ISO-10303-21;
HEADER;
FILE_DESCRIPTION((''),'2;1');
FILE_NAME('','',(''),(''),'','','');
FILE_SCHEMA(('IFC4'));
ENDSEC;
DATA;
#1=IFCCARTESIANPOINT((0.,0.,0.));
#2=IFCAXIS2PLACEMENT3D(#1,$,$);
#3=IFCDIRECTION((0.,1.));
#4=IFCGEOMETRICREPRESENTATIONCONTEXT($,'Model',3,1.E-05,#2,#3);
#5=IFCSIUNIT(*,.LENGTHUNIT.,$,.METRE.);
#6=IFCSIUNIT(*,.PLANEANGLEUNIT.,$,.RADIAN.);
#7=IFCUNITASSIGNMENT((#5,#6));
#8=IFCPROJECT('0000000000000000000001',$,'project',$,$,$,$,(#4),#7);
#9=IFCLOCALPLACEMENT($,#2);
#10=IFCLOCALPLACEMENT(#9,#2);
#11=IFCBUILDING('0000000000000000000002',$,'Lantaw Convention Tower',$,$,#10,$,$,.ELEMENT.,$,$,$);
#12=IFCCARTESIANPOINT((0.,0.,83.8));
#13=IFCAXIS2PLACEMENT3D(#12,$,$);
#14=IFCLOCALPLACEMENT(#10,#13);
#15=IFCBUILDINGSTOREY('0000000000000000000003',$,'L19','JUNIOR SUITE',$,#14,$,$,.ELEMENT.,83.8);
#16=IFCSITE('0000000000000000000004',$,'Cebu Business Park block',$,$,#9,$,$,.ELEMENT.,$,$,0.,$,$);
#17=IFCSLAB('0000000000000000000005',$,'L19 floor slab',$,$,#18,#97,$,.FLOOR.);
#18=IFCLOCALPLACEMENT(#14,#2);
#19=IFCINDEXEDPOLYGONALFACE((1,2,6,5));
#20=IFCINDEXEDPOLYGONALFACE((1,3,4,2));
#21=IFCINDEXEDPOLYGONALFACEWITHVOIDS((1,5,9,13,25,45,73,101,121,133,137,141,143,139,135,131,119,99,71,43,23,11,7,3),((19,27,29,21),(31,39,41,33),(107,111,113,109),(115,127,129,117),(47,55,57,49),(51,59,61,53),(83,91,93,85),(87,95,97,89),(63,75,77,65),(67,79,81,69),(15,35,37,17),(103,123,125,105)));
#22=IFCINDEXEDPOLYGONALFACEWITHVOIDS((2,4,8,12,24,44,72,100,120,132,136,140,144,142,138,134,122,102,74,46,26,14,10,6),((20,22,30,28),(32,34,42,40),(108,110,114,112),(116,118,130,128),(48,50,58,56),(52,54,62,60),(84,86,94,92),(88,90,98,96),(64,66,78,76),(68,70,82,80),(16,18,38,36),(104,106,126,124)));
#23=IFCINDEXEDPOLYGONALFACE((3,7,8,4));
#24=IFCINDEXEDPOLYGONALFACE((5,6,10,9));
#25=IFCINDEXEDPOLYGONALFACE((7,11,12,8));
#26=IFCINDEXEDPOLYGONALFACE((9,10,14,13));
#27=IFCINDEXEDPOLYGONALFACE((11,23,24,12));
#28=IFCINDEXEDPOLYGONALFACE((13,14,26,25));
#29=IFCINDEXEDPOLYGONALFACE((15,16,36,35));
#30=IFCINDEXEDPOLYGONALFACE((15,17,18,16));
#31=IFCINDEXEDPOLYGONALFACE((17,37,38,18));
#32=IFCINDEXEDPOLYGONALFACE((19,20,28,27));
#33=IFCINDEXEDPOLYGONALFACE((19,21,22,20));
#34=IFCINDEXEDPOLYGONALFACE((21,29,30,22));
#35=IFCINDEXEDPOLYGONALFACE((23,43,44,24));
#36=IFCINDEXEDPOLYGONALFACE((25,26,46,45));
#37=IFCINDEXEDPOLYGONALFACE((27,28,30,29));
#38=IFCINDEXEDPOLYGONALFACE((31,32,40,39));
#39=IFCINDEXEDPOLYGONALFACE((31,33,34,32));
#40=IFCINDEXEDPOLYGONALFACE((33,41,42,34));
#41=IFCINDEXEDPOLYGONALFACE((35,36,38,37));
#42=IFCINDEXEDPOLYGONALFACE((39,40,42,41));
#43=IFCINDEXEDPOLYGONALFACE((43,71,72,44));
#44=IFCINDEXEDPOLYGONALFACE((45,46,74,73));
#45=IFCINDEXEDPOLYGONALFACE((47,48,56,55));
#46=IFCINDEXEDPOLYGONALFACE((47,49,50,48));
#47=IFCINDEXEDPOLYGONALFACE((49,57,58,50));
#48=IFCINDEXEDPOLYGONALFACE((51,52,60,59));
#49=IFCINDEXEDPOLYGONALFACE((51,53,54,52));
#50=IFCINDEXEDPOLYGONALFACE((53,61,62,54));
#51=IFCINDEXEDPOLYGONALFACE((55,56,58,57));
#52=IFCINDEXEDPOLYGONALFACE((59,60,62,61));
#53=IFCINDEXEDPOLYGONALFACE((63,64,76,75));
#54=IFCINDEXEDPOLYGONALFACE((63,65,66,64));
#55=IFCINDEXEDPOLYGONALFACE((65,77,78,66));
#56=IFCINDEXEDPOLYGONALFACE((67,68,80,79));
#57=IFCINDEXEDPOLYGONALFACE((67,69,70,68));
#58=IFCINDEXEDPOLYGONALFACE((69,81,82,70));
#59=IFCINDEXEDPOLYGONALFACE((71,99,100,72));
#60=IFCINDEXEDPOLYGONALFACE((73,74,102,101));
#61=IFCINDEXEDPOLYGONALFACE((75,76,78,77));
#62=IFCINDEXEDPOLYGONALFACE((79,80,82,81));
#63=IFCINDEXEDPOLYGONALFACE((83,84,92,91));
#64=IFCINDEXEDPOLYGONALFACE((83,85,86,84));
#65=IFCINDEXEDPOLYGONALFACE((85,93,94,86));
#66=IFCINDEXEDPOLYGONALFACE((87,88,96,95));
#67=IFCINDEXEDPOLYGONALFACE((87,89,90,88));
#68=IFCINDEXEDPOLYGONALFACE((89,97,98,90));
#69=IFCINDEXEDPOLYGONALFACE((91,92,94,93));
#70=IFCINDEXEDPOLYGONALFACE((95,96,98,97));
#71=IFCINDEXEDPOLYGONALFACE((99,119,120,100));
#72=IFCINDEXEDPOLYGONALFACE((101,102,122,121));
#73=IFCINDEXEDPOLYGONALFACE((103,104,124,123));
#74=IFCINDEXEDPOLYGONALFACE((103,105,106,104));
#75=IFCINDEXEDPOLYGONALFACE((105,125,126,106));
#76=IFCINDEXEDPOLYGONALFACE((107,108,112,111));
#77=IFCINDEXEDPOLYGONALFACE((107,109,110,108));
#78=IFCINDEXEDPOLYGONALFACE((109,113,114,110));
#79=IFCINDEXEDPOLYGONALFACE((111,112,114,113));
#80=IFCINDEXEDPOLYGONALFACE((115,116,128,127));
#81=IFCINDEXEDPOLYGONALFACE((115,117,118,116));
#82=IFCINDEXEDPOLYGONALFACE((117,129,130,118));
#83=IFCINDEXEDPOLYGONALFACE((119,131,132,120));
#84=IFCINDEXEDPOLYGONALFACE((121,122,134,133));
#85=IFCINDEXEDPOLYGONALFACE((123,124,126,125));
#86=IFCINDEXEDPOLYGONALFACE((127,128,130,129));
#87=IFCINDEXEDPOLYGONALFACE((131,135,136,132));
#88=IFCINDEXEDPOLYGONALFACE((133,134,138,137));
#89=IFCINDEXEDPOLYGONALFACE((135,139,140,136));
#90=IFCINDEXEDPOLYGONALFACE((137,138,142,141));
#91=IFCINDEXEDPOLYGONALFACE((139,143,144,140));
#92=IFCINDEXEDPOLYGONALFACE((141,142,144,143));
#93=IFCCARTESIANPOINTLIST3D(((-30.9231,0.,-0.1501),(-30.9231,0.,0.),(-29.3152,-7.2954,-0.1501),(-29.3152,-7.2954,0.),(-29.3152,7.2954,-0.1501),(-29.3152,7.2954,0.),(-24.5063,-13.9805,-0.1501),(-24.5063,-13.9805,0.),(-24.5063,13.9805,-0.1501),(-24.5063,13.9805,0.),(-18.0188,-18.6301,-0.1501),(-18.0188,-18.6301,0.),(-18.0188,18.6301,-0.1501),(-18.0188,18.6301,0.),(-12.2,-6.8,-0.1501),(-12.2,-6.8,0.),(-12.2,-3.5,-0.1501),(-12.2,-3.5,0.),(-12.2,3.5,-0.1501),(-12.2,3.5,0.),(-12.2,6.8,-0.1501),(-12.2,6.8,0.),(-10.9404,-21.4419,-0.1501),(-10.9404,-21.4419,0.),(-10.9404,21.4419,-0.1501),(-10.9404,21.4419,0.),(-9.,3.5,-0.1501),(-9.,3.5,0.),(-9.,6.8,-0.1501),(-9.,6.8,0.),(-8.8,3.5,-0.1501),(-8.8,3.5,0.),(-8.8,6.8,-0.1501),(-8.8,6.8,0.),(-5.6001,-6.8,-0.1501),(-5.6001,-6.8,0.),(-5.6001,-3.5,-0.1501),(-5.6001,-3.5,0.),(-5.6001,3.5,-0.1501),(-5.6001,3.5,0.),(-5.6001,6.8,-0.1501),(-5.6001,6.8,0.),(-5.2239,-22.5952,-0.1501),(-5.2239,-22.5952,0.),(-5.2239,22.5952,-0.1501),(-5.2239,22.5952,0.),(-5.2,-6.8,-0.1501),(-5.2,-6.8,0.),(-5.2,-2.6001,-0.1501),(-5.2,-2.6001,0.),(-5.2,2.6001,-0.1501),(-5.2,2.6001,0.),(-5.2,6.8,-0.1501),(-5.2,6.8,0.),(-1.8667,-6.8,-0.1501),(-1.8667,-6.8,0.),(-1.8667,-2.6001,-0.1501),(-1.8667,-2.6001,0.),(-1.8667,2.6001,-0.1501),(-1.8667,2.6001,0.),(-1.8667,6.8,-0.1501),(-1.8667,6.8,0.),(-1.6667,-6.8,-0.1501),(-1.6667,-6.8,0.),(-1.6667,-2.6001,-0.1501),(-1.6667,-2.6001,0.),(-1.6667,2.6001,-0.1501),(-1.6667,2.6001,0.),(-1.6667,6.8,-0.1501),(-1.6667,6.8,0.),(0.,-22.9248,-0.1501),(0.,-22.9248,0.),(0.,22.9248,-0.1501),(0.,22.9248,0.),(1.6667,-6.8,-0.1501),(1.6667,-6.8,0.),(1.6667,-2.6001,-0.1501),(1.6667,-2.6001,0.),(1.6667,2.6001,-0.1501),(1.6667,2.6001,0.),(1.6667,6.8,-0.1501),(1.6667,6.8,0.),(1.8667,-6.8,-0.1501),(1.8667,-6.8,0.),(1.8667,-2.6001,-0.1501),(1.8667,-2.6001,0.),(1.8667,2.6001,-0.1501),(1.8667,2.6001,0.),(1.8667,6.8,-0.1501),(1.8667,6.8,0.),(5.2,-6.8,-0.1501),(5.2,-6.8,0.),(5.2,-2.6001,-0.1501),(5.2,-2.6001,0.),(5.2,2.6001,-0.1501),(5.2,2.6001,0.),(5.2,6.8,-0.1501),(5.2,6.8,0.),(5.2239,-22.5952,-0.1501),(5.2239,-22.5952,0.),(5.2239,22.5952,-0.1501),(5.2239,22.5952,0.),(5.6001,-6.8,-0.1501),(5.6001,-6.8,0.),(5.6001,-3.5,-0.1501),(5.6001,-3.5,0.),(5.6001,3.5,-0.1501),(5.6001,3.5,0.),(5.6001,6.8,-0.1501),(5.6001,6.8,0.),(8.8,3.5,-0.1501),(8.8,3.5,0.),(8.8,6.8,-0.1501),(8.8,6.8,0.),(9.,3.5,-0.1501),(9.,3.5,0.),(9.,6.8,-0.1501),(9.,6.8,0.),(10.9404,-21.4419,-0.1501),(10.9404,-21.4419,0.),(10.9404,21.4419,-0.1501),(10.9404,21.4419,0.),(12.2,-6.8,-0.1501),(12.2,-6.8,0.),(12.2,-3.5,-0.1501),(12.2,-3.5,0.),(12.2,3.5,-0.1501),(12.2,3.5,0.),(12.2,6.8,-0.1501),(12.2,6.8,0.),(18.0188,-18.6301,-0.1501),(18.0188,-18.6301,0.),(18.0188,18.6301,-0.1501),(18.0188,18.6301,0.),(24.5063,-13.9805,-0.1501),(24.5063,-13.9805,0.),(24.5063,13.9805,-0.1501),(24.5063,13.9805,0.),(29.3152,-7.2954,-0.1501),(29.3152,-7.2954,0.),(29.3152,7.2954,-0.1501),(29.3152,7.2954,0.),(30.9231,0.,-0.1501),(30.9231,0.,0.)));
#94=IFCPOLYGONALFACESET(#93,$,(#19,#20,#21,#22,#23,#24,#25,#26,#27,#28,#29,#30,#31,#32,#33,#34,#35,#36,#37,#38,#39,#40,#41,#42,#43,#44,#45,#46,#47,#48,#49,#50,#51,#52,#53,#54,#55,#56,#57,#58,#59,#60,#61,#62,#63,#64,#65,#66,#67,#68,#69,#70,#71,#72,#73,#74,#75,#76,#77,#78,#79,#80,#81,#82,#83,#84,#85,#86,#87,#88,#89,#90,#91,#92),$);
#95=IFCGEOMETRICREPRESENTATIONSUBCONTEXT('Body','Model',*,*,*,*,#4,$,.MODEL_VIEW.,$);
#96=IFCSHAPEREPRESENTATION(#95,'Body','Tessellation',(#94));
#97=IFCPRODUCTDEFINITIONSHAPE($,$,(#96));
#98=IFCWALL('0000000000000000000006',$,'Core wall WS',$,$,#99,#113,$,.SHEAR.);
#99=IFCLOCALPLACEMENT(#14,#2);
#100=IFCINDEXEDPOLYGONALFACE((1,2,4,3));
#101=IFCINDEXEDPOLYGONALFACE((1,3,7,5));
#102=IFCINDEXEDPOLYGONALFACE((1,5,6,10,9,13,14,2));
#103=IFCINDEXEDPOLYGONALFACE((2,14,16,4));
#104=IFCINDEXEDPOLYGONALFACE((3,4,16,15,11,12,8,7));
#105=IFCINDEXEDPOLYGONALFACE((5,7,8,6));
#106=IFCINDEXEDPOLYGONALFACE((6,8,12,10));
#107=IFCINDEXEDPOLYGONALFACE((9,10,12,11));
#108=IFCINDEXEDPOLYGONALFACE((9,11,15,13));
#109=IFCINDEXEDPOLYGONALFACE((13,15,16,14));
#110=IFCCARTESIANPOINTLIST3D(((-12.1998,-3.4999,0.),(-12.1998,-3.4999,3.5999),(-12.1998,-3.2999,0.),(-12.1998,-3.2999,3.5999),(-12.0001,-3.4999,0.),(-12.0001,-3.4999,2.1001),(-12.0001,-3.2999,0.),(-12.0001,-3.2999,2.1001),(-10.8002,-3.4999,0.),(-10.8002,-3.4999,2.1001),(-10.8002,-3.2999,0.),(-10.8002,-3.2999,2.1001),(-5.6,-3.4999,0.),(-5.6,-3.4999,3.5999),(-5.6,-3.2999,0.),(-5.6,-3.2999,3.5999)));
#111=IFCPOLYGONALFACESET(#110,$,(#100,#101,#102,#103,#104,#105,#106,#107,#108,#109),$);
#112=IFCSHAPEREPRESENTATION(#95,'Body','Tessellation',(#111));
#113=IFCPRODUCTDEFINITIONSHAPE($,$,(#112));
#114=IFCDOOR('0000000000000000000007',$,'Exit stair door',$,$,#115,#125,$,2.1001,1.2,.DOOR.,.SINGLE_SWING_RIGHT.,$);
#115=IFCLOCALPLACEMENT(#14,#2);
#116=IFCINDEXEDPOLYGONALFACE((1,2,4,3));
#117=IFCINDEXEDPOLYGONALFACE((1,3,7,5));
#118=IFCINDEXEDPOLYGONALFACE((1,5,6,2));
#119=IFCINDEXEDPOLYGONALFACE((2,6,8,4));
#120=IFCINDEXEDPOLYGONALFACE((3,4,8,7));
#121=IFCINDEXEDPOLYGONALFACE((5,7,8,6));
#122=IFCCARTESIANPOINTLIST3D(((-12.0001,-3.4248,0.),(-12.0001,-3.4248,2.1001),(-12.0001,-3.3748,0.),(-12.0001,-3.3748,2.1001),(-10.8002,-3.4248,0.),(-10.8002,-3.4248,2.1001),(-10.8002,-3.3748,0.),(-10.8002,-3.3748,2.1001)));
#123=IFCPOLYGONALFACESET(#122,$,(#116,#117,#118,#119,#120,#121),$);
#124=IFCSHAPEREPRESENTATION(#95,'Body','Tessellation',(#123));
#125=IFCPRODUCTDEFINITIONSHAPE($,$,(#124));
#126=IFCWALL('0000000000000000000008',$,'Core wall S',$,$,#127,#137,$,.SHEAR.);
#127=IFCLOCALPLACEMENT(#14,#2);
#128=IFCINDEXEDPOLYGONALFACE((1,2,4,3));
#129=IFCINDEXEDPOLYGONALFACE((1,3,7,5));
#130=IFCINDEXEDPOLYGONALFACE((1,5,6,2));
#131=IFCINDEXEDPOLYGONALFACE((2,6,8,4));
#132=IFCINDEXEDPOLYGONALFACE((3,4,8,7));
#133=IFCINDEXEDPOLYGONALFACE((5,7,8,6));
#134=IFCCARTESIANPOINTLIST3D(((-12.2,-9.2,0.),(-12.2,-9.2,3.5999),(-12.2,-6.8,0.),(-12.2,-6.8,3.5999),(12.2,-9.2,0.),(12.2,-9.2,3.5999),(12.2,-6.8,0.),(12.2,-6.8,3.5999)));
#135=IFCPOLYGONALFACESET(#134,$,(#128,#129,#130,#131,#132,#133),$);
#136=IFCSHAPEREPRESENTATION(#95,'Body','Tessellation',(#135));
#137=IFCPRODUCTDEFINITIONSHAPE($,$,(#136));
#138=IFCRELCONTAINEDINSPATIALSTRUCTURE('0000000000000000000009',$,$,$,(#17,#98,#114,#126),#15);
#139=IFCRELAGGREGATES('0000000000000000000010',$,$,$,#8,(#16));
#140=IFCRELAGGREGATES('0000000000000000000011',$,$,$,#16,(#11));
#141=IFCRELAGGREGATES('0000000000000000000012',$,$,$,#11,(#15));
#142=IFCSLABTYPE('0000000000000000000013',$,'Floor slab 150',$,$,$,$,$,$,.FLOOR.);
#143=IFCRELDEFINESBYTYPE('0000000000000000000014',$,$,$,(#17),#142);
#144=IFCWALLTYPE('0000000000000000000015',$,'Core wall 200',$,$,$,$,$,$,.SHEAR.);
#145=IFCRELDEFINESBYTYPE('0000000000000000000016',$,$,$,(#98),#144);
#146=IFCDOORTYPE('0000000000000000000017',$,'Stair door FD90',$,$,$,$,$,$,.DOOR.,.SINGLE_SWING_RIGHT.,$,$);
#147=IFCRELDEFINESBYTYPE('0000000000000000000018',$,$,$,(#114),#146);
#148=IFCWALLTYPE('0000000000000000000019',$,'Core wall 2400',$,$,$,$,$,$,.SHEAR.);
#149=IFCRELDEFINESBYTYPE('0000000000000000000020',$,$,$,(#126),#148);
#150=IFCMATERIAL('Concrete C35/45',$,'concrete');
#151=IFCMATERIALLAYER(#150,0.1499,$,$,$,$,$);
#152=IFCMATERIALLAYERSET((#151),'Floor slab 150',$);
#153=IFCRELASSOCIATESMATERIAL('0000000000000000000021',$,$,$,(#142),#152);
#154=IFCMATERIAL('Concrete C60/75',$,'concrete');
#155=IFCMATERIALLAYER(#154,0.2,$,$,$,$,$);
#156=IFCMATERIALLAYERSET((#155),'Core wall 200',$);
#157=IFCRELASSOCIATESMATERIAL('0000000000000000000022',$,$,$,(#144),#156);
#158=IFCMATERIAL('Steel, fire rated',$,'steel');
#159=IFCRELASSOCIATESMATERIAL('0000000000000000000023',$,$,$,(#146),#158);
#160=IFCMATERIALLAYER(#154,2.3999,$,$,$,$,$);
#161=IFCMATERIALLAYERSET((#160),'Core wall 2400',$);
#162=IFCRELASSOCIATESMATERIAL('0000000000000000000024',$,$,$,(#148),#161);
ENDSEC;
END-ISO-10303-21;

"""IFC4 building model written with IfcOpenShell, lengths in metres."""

from ifc_helpers import new_model, si_unit, direction, frame, frame_2d, origin, place, context, subcontext, project, spatial, polyline, rectangle, outline, extrude, material, layer, layer_set, type_object, element, fill, save


model = new_model("IFC4")

# Units and contexts
model_context = context("Model", 3, precision=1e-05, world=origin(), true_north=direction((0.0, 1.0)))
body_context = subcontext(model_context, "Body", "Model", "MODEL_VIEW")
ifc_project = project(units=[si_unit("LENGTHUNIT", "METRE"), si_unit("PLANEANGLEUNIT", "RADIAN")], contexts=[model_context])

# Site, building, storey
site_placement = place(None, origin())
site = spatial("IfcSite", under=ifc_project, at=site_placement, Name="Cebu Business Park block", CompositionType="ELEMENT", RefElevation=0.0)
building_placement = place(site_placement, origin())
building = spatial("IfcBuilding", under=site, at=building_placement, Name="Lantaw Convention Tower", CompositionType="ELEMENT")
storey_placement = place(building_placement, frame((0.0, 0.0, 83.8)))
storey = spatial("IfcBuildingStorey", under=building, at=storey_placement, Name="L19", Description="JUNIOR SUITE", CompositionType="ELEMENT", Elevation=83.8)

# Slab
ifc_material_1 = material(Name="Concrete C35/45", Category="concrete")
ifc_layer_1 = layer(ifc_material_1, 0.1499)
ifc_layer_set_1 = layer_set([ifc_layer_1], Name="Floor slab 150")
slab_type = type_object("IfcSlabType", Name="Floor slab 150", PredefinedType="FLOOR", material=ifc_layer_set_1)
slab_placement = place(storey_placement, frame((0.0, 0.0, -0.1501)))
element("IfcSlab", 1, at=slab_placement, inside=storey, type_object=slab_type, Name="L19 floor slab", PredefinedType="FLOOR", context=body_context, shape_type="SweptSolid", body=[
    extrude(outline(polyline([(29.3152, -7.2954), (30.9231, 0.0), (29.3152, 7.2954), (24.5063, 13.9805), (18.0188, 18.6301), (10.9404, 21.4419), (5.2239, 22.5952), (0.0, 22.9248), (-5.2239, 22.5952), (-10.9404, 21.4419), (-18.0188, 18.6301), (-24.5063, 13.9805), (-29.3152, 7.2954), (-30.9231, 0.0), (-29.3152, -7.2954), (-24.5063, -13.9805), (-18.0188, -18.6301), (-10.9404, -21.4419), (-5.2239, -22.5952), (0.0, -22.9248), (5.2239, -22.5952), (10.9404, -21.4419), (18.0188, -18.6301), (24.5063, -13.9805), (29.3152, -7.2954)]), holes=[polyline([(-5.6001, -3.5), (-12.2, -3.5), (-12.2, -6.8), (-5.6001, -6.8), (-5.6001, -3.5)]), polyline([(-1.8667, -6.8), (-1.8667, -2.6001), (-5.2, -2.6001), (-5.2, -6.8), (-1.8667, -6.8)]), polyline([(-1.8667, 2.6001), (-1.8667, 6.8), (-5.2, 6.8), (-5.2, 2.6001), (-1.8667, 2.6001)]), polyline([(1.6667, 6.8), (-1.6667, 6.8), (-1.6667, 2.6001), (1.6667, 2.6001), (1.6667, 6.8)]), polyline([(-9.0, 3.5), (-9.0, 6.8), (-12.2, 6.8), (-12.2, 3.5), (-9.0, 3.5)]), polyline([(-5.6001, 3.5), (-5.6001, 6.8), (-8.8, 6.8), (-8.8, 3.5), (-5.6001, 3.5)]), polyline([(12.2, -3.5), (5.6001, -3.5), (5.6001, -6.8), (12.2, -6.8), (12.2, -3.5)]), polyline([(1.6667, -6.8), (1.6667, -2.6001), (-1.6667, -2.6001), (-1.6667, -6.8), (1.6667, -6.8)]), polyline([(5.2, -6.8), (5.2, -2.6001), (1.8667, -2.6001), (1.8667, -6.8), (5.2, -6.8)]), polyline([(5.2, 6.8), (1.8667, 6.8), (1.8667, 2.6001), (5.2, 2.6001), (5.2, 6.8)]), polyline([(8.8, 3.5), (8.8, 6.8), (5.6001, 6.8), (5.6001, 3.5), (8.8, 3.5)]), polyline([(12.2, 3.5), (12.2, 6.8), (9.0, 6.8), (9.0, 3.5), (12.2, 3.5)])]), origin(), (0.0, 0.0, 1.0), 0.1501),
])

# Wall, opening, door
ifc_material_2 = material(Name="Concrete C60/75", Category="concrete")
ifc_layer_2 = layer(ifc_material_2, 0.2)
ifc_layer_set_2 = layer_set([ifc_layer_2], Name="Core wall 200")
wall_type_1 = type_object("IfcWallType", Name="Core wall 200", PredefinedType="SHEAR", material=ifc_layer_set_2)
wall_1_placement = place(storey_placement, frame((-5.6001, -3.3999, 0.0), z_axis=(0.0, 0.0, 1.0), x_axis=(-1.0, 0.0, 0.0)))
wall_1 = element("IfcWall", 2, at=wall_1_placement, inside=storey, type_object=wall_type_1, Name="Core wall WS", PredefinedType="SHEAR", context=body_context, shape_type="SweptSolid", body=[
    extrude(rectangle(XDim=6.5999, YDim=0.2, at=frame_2d((3.2998, 0.0))), origin(), (0.0, 0.0, 1.0), 3.5999),
])
opening_1_placement = place(wall_1_placement, frame((5.2, 0.0, 0.0)))
opening_1 = element("IfcOpeningElement", 3, at=opening_1_placement, cuts=wall_1, PredefinedType="OPENING", context=body_context, shape_type="SweptSolid", body=[
    extrude(rectangle(XDim=1.2, YDim=2.1001, at=frame_2d((0.6001, 1.05))), frame((0.0, 0.1099, 0.0), z_axis=(0.0, -1.0, 0.0), x_axis=(1.0, 0.0, 0.0)), (0.0, 0.0, 1.0), 0.22),
])
ifc_material_3 = material(Name="Steel, fire rated", Category="steel")
door_type_1 = type_object("IfcDoorType", Name="Stair door FD90", OperationType="SINGLE_SWING_RIGHT", PredefinedType="DOOR", material=ifc_material_3)
door_1_placement = place(opening_1_placement, origin())
door_1 = element("IfcDoor", 4, at=door_1_placement, inside=storey, type_object=door_type_1, Name="Exit stair door", OperationType="SINGLE_SWING_RIGHT", OverallHeight=2.1001, OverallWidth=1.2, PredefinedType="DOOR", context=body_context, shape_type="SweptSolid", body=[
    extrude(rectangle(XDim=1.2, YDim=2.1001, at=frame_2d((0.6001, 1.05))), frame((0.0, 0.0249, 0.0), z_axis=(0.0, -1.0, 0.0), x_axis=(1.0, 0.0, 0.0)), (0.0, 0.0, 1.0), 0.05),
])
fill(opening_1, door_1)

# Wall
ifc_layer_3 = layer(ifc_material_2, 2.3999)
ifc_layer_set_3 = layer_set([ifc_layer_3], Name="Core wall 2400")
wall_type_2 = type_object("IfcWallType", Name="Core wall 2400", PredefinedType="SHEAR", material=ifc_layer_set_3)
wall_2_placement = place(storey_placement, frame((-12.2, -8.0, 0.0), z_axis=(0.0, 0.0, 1.0), x_axis=(1.0, 0.0, 0.0)))
element("IfcWall", 5, at=wall_2_placement, inside=storey, type_object=wall_type_2, Name="Core wall S", PredefinedType="SHEAR", context=body_context, shape_type="SweptSolid", body=[
    extrude(rectangle(XDim=24.3999, YDim=2.3999, at=frame_2d((12.2, 0.0))), origin(), (0.0, 0.0, 1.0), 3.5999),
])

save(model, "model.ifc")
